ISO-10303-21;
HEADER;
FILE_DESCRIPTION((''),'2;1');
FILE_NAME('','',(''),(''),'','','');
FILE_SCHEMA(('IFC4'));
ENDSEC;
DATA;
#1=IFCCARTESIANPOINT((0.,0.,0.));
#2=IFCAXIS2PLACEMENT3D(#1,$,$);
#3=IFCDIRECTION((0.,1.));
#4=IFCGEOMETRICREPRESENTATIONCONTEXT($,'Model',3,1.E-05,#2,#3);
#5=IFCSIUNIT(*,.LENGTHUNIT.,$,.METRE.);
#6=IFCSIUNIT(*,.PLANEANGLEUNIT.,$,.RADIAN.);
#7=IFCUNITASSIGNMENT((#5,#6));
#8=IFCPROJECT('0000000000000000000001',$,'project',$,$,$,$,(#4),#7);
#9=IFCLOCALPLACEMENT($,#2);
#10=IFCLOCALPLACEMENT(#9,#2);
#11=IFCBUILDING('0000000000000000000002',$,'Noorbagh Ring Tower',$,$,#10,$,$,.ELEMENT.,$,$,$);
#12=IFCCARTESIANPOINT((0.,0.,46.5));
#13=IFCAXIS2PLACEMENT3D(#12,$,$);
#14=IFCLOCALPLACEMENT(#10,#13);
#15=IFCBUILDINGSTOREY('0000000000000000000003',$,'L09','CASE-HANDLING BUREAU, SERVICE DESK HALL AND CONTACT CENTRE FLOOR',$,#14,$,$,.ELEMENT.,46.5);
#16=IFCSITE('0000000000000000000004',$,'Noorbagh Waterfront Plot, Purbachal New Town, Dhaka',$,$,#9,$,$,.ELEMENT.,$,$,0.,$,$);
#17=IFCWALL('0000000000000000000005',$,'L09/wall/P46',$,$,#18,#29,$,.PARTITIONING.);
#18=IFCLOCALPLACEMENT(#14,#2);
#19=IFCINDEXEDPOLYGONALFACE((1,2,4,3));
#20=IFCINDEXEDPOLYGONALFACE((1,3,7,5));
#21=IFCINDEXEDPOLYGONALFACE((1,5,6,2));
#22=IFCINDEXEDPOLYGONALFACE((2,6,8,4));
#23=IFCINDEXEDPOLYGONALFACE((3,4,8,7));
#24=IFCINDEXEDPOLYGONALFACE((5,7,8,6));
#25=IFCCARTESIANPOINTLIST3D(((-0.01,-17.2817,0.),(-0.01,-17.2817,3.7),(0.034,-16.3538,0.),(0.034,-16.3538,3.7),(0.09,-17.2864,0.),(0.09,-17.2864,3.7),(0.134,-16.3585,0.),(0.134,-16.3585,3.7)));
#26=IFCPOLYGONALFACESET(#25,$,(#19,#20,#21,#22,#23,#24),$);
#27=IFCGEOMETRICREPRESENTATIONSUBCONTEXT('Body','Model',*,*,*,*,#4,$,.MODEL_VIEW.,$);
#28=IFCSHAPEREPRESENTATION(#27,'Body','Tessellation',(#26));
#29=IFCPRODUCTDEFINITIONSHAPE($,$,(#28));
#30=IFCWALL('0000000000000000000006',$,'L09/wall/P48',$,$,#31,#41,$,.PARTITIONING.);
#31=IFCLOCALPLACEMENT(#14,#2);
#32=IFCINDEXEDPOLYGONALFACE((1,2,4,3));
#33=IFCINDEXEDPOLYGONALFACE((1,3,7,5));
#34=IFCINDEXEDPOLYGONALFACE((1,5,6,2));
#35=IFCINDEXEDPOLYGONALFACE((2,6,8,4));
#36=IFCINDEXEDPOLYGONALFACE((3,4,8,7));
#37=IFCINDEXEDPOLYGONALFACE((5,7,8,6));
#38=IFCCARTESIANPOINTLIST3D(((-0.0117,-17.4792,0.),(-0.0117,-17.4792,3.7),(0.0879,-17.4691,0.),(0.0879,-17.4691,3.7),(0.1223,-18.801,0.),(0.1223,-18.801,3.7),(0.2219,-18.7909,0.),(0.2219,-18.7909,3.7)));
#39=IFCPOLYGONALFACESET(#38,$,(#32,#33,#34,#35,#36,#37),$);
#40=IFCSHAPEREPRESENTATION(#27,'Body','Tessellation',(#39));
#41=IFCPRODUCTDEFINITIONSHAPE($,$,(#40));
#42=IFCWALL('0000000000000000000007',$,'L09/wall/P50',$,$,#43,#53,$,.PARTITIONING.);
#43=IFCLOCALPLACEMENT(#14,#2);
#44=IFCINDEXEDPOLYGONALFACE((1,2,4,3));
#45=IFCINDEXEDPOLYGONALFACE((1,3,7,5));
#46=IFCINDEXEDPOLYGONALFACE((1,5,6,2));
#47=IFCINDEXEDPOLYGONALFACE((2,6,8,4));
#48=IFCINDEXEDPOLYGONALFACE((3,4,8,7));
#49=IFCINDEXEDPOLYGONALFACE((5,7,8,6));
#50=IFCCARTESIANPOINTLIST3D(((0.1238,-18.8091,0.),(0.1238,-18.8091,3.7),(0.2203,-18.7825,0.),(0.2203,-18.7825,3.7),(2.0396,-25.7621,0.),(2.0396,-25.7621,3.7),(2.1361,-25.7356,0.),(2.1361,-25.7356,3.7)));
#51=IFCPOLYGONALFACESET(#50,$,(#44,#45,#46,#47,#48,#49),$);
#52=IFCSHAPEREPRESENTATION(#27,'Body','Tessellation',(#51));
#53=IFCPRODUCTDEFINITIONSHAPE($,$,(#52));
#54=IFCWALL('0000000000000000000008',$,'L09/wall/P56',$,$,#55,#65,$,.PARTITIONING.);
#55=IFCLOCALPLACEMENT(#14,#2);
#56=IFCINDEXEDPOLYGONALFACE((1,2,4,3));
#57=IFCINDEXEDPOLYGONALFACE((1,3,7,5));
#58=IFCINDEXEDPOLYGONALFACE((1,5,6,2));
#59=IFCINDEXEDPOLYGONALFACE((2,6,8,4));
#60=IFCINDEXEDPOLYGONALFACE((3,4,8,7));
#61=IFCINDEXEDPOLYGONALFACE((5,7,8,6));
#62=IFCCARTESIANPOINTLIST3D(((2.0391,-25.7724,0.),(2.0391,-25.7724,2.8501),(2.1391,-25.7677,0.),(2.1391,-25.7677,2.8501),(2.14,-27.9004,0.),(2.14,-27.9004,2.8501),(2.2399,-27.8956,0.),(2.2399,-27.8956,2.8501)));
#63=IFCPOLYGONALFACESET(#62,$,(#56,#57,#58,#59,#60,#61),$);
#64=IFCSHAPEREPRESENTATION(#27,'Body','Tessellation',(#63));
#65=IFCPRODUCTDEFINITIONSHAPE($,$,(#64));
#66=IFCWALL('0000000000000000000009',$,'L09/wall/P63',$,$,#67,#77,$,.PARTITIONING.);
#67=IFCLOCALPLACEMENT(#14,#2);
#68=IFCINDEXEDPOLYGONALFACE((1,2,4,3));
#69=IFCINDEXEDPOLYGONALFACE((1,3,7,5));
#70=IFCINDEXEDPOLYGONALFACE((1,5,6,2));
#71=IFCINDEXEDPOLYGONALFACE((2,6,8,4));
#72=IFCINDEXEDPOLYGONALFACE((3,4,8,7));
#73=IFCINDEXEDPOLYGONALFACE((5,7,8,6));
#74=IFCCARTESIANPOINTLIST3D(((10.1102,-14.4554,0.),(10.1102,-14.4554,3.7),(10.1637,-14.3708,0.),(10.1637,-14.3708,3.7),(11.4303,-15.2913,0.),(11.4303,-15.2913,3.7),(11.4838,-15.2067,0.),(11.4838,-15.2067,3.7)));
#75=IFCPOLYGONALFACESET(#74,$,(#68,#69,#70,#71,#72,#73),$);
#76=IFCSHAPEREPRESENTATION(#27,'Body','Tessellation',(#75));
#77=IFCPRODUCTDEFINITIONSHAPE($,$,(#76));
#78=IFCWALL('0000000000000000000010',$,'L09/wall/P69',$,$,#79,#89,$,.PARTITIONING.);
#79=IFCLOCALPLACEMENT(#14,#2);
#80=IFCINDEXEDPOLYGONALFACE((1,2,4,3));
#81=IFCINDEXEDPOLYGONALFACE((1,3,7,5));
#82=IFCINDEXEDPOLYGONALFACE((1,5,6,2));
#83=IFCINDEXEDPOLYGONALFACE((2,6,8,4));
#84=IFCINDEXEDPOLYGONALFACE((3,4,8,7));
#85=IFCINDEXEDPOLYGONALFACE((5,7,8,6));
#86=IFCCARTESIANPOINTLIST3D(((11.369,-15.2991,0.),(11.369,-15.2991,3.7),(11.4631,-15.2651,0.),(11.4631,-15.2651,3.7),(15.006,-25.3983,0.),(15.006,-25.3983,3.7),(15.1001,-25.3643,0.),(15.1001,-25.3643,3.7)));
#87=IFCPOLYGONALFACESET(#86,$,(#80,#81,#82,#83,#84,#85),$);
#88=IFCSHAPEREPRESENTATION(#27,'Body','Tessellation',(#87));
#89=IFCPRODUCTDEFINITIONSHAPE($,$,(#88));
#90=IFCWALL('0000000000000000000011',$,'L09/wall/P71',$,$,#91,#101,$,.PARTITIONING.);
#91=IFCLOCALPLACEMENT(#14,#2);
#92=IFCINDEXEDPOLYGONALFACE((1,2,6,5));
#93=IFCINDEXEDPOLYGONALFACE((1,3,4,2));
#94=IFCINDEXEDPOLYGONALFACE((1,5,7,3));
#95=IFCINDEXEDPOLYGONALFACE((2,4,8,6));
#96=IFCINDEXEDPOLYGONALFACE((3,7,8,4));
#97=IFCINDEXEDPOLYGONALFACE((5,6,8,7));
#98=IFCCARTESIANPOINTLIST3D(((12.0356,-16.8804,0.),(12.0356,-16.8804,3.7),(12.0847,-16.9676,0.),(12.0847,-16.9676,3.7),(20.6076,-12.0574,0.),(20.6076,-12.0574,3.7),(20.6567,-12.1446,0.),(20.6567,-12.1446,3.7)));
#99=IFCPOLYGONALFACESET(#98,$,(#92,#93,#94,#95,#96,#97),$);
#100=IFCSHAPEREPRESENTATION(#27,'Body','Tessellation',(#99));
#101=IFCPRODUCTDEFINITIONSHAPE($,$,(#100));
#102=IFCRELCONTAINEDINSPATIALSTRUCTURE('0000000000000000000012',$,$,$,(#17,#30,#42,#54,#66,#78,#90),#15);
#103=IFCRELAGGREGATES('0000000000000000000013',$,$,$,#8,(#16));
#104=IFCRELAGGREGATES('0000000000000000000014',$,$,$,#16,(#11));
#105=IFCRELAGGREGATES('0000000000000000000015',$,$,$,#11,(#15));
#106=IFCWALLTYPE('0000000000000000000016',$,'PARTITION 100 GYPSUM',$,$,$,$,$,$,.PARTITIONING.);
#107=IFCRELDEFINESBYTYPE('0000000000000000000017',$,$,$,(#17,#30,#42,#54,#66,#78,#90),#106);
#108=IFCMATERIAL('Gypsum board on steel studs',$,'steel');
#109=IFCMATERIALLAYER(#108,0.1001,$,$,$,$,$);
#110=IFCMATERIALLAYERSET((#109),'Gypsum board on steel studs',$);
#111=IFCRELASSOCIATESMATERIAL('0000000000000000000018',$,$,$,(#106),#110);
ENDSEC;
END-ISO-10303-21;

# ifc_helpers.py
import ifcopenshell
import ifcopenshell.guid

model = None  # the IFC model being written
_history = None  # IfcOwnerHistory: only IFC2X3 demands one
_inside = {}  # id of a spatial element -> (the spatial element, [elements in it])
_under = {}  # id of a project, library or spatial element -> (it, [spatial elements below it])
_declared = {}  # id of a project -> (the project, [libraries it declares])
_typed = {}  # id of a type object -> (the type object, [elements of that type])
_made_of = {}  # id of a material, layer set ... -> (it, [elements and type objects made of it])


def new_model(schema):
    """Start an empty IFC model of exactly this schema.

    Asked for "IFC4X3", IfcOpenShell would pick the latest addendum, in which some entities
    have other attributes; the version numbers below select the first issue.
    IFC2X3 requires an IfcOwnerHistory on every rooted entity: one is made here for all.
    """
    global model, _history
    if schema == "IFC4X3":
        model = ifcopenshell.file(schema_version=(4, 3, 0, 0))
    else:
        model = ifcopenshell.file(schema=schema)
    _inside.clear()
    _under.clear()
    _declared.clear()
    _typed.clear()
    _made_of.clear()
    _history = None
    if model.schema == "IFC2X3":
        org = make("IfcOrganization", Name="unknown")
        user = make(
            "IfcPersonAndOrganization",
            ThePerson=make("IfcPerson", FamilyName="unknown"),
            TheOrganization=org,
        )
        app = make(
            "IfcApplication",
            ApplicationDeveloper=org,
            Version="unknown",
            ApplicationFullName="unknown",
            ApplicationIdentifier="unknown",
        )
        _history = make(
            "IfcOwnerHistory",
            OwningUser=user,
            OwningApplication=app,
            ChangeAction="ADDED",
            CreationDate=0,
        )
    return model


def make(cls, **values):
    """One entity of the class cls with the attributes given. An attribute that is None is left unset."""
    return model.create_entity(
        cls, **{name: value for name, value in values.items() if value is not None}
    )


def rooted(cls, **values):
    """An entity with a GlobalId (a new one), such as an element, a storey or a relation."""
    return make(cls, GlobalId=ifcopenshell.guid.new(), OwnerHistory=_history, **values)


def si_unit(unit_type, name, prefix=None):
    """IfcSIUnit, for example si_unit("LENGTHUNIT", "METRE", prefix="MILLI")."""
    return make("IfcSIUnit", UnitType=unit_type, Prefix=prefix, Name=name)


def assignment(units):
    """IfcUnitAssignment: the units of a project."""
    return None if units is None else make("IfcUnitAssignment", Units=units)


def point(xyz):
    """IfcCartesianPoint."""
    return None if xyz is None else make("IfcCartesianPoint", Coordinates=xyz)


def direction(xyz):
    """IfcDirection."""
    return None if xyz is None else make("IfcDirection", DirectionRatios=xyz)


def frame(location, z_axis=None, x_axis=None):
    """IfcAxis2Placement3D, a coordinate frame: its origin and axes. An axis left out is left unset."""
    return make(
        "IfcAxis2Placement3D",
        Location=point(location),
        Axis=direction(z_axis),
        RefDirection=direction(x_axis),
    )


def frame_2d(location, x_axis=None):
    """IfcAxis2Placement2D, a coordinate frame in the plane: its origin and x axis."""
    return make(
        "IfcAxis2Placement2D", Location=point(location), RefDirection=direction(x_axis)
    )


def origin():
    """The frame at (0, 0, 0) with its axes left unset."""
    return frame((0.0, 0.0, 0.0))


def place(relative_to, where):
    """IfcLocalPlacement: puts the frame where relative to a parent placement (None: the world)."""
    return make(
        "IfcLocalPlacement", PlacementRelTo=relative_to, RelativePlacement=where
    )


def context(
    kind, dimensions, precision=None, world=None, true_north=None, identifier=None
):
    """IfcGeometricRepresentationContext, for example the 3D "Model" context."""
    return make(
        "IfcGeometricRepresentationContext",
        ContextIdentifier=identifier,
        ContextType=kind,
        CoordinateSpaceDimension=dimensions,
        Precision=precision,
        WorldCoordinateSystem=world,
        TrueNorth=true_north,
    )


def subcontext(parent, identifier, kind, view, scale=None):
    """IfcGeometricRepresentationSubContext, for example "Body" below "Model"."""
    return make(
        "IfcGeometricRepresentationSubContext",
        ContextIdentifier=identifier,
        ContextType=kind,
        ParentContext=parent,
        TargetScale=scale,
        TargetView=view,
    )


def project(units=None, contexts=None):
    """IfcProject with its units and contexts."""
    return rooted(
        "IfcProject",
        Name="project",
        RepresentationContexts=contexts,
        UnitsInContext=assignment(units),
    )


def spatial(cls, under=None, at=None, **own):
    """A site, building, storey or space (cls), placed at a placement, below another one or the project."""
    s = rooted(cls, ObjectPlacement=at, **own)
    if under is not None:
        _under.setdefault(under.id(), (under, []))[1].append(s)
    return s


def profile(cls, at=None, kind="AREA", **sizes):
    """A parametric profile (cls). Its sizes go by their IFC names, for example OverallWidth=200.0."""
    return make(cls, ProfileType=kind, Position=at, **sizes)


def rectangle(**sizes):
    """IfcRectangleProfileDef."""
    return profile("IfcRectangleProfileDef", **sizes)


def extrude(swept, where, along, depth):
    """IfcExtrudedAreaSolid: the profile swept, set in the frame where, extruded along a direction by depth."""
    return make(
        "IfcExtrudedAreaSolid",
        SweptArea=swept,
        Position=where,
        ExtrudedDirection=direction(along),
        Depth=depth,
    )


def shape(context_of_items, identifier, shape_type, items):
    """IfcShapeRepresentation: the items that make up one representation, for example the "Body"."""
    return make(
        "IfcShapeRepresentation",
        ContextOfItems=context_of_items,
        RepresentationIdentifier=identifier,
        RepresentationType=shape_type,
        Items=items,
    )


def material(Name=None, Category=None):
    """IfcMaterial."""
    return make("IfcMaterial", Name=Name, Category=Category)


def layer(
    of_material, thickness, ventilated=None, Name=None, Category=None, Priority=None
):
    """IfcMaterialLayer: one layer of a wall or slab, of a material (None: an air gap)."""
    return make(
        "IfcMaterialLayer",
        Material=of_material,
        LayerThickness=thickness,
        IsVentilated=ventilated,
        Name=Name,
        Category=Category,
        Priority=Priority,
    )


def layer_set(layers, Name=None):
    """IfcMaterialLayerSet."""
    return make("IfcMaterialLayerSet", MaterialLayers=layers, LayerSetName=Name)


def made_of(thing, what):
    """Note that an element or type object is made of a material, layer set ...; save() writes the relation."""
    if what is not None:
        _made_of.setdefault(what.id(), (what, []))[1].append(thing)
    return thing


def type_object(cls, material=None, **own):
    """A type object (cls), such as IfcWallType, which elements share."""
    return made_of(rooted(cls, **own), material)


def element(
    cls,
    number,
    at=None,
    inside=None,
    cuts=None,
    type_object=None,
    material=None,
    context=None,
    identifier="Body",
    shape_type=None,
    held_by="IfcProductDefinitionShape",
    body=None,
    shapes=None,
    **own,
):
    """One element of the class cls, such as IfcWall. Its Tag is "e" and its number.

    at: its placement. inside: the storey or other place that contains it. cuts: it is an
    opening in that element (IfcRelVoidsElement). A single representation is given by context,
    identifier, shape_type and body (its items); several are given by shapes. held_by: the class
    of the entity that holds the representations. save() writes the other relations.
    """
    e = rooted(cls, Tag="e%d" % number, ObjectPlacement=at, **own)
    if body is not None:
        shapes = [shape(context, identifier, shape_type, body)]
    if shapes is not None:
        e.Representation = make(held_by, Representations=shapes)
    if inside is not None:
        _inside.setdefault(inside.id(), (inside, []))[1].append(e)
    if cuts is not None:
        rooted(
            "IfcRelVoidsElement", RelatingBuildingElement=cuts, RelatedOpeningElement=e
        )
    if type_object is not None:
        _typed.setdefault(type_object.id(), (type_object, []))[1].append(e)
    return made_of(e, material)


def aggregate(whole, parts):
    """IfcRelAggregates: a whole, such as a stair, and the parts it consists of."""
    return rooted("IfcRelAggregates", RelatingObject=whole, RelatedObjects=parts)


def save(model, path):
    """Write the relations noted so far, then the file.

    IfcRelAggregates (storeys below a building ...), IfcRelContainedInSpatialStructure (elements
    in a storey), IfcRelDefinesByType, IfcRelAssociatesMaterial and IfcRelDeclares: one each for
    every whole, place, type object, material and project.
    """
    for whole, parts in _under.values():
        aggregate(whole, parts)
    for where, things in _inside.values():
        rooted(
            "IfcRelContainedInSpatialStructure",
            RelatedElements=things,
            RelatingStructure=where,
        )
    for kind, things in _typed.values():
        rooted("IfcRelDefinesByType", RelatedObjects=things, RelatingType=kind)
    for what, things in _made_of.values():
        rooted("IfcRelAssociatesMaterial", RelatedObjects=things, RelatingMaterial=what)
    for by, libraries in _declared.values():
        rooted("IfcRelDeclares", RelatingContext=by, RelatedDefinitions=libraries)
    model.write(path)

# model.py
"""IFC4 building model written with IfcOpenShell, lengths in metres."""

from ifc_helpers import new_model, si_unit, direction, frame, frame_2d, origin, place, context, subcontext, project, spatial, rectangle, extrude, material, layer, layer_set, type_object, element, save


model = new_model("IFC4")

# Units and contexts
model_context = context("Model", 3, precision=1e-05, world=origin(), true_north=direction((0.0, 1.0)))
body_context = subcontext(model_context, "Body", "Model", "MODEL_VIEW")
ifc_project = project(units=[si_unit("LENGTHUNIT", "METRE"), si_unit("PLANEANGLEUNIT", "RADIAN")], contexts=[model_context])

# Site, building, storey
site_placement = place(None, origin())
site = spatial("IfcSite", under=ifc_project, at=site_placement, Name="Noorbagh Waterfront Plot, Purbachal New Town, Dhaka", CompositionType="ELEMENT", RefElevation=0.0)
building_placement = place(site_placement, origin())
building = spatial("IfcBuilding", under=site, at=building_placement, Name="Noorbagh Ring Tower", CompositionType="ELEMENT")
storey_placement = place(building_placement, frame((0.0, 0.0, 46.5)))
storey = spatial("IfcBuildingStorey", under=building, at=storey_placement, Name="L09", Description="CASE-HANDLING BUREAU, SERVICE DESK HALL AND CONTACT CENTRE FLOOR", CompositionType="ELEMENT", Elevation=46.5)

# Walls
ifc_material_1 = material(Name="Gypsum board on steel studs", Category="steel")
ifc_layer_1 = layer(ifc_material_1, 0.1001)
ifc_layer_set_1 = layer_set([ifc_layer_1], Name="Gypsum board on steel studs")
wall_type_1 = type_object("IfcWallType", Name="PARTITION 100 GYPSUM", PredefinedType="PARTITIONING", material=ifc_layer_set_1)
wall_1_placement = place(storey_placement, frame((0.04, -17.2839, 0.0), z_axis=(0.0, 0.0, 1.0), x_axis=(0.047303, 0.998881, 0.0)))
element("IfcWall", 1, at=wall_1_placement, inside=storey, type_object=wall_type_1, Name="L09/wall/P46", PredefinedType="PARTITIONING", context=body_context, shape_type="SweptSolid", body=[
    extrude(rectangle(XDim=0.929, YDim=0.1001, at=frame_2d((0.4644, 0.0))), origin(), (0.0, 0.0, 1.0), 3.7),
])
wall_2_placement = place(storey_placement, frame((0.0381, -17.4741, 0.0), z_axis=(0.0, 0.0, 1.0), x_axis=(0.100886, -0.994898, 0.0)))
element("IfcWall", 2, at=wall_2_placement, inside=storey, type_object=wall_type_1, Name="L09/wall/P48", PredefinedType="PARTITIONING", context=body_context, shape_type="SweptSolid", body=[
    extrude(rectangle(XDim=1.3286, YDim=0.1001, at=frame_2d((0.6643, 0.0))), origin(), (0.0, 0.0, 1.0), 3.7),
])
wall_3_placement = place(storey_placement, frame((0.1721, -18.7959, 0.0), z_axis=(0.0, 0.0, 1.0), x_axis=(0.265629, -0.964075, 0.0)))
element("IfcWall", 3, at=wall_3_placement, inside=storey, type_object=wall_type_1, Name="L09/wall/P50", PredefinedType="PARTITIONING", context=body_context, shape_type="SweptSolid", body=[
    extrude(rectangle(XDim=7.2122, YDim=0.1001, at=frame_2d((3.606, 0.0))), origin(), (0.0, 0.0, 1.0), 3.7),
])
wall_4_placement = place(storey_placement, frame((2.0891, -25.77, 0.0), z_axis=(0.0, 0.0, 1.0), x_axis=(0.047331, -0.998879, 0.0)))
element("IfcWall", 4, at=wall_4_placement, inside=storey, type_object=wall_type_1, Name="L09/wall/P56", PredefinedType="PARTITIONING", context=body_context, shape_type="SweptSolid", body=[
    extrude(rectangle(XDim=2.1304, YDim=0.1001, at=frame_2d((1.0652, 0.0))), origin(), (0.0, 0.0, 1.0), 2.8501),
])
wall_5_placement = place(storey_placement, frame((10.137, -14.4131, 0.0), z_axis=(0.0, 0.0, 1.0), x_axis=(0.84485, -0.535004, 0.0)))
element("IfcWall", 5, at=wall_5_placement, inside=storey, type_object=wall_type_1, Name="L09/wall/P63", PredefinedType="PARTITIONING", context=body_context, shape_type="SweptSolid", body=[
    extrude(rectangle(XDim=1.5625, YDim=0.1001, at=frame_2d((0.7812, 0.0))), origin(), (0.0, 0.0, 1.0), 3.7),
])
wall_6_placement = place(storey_placement, frame((11.416, -15.282, 0.0), z_axis=(0.0, 0.0, 1.0), x_axis=(0.338825, -0.940849, 0.0)))
element("IfcWall", 6, at=wall_6_placement, inside=storey, type_object=wall_type_1, Name="L09/wall/P69", PredefinedType="PARTITIONING", context=body_context, shape_type="SweptSolid", body=[
    extrude(rectangle(XDim=10.7341, YDim=0.1001, at=frame_2d((5.3672, 0.0))), origin(), (0.0, 0.0, 1.0), 3.7),
])
wall_7_placement = place(storey_placement, frame((12.0601, -16.9241, 0.0), z_axis=(0.0, 0.0, 1.0), x_axis=(0.871522, 0.490357, 0.0)))
element("IfcWall", 7, at=wall_7_placement, inside=storey, type_object=wall_type_1, Name="L09/wall/P71", PredefinedType="PARTITIONING", context=body_context, shape_type="SweptSolid", body=[
    extrude(rectangle(XDim=9.8357, YDim=0.1001, at=frame_2d((4.918, 0.0))), origin(), (0.0, 0.0, 1.0), 3.7),
])

save(model, "model.ifc")
